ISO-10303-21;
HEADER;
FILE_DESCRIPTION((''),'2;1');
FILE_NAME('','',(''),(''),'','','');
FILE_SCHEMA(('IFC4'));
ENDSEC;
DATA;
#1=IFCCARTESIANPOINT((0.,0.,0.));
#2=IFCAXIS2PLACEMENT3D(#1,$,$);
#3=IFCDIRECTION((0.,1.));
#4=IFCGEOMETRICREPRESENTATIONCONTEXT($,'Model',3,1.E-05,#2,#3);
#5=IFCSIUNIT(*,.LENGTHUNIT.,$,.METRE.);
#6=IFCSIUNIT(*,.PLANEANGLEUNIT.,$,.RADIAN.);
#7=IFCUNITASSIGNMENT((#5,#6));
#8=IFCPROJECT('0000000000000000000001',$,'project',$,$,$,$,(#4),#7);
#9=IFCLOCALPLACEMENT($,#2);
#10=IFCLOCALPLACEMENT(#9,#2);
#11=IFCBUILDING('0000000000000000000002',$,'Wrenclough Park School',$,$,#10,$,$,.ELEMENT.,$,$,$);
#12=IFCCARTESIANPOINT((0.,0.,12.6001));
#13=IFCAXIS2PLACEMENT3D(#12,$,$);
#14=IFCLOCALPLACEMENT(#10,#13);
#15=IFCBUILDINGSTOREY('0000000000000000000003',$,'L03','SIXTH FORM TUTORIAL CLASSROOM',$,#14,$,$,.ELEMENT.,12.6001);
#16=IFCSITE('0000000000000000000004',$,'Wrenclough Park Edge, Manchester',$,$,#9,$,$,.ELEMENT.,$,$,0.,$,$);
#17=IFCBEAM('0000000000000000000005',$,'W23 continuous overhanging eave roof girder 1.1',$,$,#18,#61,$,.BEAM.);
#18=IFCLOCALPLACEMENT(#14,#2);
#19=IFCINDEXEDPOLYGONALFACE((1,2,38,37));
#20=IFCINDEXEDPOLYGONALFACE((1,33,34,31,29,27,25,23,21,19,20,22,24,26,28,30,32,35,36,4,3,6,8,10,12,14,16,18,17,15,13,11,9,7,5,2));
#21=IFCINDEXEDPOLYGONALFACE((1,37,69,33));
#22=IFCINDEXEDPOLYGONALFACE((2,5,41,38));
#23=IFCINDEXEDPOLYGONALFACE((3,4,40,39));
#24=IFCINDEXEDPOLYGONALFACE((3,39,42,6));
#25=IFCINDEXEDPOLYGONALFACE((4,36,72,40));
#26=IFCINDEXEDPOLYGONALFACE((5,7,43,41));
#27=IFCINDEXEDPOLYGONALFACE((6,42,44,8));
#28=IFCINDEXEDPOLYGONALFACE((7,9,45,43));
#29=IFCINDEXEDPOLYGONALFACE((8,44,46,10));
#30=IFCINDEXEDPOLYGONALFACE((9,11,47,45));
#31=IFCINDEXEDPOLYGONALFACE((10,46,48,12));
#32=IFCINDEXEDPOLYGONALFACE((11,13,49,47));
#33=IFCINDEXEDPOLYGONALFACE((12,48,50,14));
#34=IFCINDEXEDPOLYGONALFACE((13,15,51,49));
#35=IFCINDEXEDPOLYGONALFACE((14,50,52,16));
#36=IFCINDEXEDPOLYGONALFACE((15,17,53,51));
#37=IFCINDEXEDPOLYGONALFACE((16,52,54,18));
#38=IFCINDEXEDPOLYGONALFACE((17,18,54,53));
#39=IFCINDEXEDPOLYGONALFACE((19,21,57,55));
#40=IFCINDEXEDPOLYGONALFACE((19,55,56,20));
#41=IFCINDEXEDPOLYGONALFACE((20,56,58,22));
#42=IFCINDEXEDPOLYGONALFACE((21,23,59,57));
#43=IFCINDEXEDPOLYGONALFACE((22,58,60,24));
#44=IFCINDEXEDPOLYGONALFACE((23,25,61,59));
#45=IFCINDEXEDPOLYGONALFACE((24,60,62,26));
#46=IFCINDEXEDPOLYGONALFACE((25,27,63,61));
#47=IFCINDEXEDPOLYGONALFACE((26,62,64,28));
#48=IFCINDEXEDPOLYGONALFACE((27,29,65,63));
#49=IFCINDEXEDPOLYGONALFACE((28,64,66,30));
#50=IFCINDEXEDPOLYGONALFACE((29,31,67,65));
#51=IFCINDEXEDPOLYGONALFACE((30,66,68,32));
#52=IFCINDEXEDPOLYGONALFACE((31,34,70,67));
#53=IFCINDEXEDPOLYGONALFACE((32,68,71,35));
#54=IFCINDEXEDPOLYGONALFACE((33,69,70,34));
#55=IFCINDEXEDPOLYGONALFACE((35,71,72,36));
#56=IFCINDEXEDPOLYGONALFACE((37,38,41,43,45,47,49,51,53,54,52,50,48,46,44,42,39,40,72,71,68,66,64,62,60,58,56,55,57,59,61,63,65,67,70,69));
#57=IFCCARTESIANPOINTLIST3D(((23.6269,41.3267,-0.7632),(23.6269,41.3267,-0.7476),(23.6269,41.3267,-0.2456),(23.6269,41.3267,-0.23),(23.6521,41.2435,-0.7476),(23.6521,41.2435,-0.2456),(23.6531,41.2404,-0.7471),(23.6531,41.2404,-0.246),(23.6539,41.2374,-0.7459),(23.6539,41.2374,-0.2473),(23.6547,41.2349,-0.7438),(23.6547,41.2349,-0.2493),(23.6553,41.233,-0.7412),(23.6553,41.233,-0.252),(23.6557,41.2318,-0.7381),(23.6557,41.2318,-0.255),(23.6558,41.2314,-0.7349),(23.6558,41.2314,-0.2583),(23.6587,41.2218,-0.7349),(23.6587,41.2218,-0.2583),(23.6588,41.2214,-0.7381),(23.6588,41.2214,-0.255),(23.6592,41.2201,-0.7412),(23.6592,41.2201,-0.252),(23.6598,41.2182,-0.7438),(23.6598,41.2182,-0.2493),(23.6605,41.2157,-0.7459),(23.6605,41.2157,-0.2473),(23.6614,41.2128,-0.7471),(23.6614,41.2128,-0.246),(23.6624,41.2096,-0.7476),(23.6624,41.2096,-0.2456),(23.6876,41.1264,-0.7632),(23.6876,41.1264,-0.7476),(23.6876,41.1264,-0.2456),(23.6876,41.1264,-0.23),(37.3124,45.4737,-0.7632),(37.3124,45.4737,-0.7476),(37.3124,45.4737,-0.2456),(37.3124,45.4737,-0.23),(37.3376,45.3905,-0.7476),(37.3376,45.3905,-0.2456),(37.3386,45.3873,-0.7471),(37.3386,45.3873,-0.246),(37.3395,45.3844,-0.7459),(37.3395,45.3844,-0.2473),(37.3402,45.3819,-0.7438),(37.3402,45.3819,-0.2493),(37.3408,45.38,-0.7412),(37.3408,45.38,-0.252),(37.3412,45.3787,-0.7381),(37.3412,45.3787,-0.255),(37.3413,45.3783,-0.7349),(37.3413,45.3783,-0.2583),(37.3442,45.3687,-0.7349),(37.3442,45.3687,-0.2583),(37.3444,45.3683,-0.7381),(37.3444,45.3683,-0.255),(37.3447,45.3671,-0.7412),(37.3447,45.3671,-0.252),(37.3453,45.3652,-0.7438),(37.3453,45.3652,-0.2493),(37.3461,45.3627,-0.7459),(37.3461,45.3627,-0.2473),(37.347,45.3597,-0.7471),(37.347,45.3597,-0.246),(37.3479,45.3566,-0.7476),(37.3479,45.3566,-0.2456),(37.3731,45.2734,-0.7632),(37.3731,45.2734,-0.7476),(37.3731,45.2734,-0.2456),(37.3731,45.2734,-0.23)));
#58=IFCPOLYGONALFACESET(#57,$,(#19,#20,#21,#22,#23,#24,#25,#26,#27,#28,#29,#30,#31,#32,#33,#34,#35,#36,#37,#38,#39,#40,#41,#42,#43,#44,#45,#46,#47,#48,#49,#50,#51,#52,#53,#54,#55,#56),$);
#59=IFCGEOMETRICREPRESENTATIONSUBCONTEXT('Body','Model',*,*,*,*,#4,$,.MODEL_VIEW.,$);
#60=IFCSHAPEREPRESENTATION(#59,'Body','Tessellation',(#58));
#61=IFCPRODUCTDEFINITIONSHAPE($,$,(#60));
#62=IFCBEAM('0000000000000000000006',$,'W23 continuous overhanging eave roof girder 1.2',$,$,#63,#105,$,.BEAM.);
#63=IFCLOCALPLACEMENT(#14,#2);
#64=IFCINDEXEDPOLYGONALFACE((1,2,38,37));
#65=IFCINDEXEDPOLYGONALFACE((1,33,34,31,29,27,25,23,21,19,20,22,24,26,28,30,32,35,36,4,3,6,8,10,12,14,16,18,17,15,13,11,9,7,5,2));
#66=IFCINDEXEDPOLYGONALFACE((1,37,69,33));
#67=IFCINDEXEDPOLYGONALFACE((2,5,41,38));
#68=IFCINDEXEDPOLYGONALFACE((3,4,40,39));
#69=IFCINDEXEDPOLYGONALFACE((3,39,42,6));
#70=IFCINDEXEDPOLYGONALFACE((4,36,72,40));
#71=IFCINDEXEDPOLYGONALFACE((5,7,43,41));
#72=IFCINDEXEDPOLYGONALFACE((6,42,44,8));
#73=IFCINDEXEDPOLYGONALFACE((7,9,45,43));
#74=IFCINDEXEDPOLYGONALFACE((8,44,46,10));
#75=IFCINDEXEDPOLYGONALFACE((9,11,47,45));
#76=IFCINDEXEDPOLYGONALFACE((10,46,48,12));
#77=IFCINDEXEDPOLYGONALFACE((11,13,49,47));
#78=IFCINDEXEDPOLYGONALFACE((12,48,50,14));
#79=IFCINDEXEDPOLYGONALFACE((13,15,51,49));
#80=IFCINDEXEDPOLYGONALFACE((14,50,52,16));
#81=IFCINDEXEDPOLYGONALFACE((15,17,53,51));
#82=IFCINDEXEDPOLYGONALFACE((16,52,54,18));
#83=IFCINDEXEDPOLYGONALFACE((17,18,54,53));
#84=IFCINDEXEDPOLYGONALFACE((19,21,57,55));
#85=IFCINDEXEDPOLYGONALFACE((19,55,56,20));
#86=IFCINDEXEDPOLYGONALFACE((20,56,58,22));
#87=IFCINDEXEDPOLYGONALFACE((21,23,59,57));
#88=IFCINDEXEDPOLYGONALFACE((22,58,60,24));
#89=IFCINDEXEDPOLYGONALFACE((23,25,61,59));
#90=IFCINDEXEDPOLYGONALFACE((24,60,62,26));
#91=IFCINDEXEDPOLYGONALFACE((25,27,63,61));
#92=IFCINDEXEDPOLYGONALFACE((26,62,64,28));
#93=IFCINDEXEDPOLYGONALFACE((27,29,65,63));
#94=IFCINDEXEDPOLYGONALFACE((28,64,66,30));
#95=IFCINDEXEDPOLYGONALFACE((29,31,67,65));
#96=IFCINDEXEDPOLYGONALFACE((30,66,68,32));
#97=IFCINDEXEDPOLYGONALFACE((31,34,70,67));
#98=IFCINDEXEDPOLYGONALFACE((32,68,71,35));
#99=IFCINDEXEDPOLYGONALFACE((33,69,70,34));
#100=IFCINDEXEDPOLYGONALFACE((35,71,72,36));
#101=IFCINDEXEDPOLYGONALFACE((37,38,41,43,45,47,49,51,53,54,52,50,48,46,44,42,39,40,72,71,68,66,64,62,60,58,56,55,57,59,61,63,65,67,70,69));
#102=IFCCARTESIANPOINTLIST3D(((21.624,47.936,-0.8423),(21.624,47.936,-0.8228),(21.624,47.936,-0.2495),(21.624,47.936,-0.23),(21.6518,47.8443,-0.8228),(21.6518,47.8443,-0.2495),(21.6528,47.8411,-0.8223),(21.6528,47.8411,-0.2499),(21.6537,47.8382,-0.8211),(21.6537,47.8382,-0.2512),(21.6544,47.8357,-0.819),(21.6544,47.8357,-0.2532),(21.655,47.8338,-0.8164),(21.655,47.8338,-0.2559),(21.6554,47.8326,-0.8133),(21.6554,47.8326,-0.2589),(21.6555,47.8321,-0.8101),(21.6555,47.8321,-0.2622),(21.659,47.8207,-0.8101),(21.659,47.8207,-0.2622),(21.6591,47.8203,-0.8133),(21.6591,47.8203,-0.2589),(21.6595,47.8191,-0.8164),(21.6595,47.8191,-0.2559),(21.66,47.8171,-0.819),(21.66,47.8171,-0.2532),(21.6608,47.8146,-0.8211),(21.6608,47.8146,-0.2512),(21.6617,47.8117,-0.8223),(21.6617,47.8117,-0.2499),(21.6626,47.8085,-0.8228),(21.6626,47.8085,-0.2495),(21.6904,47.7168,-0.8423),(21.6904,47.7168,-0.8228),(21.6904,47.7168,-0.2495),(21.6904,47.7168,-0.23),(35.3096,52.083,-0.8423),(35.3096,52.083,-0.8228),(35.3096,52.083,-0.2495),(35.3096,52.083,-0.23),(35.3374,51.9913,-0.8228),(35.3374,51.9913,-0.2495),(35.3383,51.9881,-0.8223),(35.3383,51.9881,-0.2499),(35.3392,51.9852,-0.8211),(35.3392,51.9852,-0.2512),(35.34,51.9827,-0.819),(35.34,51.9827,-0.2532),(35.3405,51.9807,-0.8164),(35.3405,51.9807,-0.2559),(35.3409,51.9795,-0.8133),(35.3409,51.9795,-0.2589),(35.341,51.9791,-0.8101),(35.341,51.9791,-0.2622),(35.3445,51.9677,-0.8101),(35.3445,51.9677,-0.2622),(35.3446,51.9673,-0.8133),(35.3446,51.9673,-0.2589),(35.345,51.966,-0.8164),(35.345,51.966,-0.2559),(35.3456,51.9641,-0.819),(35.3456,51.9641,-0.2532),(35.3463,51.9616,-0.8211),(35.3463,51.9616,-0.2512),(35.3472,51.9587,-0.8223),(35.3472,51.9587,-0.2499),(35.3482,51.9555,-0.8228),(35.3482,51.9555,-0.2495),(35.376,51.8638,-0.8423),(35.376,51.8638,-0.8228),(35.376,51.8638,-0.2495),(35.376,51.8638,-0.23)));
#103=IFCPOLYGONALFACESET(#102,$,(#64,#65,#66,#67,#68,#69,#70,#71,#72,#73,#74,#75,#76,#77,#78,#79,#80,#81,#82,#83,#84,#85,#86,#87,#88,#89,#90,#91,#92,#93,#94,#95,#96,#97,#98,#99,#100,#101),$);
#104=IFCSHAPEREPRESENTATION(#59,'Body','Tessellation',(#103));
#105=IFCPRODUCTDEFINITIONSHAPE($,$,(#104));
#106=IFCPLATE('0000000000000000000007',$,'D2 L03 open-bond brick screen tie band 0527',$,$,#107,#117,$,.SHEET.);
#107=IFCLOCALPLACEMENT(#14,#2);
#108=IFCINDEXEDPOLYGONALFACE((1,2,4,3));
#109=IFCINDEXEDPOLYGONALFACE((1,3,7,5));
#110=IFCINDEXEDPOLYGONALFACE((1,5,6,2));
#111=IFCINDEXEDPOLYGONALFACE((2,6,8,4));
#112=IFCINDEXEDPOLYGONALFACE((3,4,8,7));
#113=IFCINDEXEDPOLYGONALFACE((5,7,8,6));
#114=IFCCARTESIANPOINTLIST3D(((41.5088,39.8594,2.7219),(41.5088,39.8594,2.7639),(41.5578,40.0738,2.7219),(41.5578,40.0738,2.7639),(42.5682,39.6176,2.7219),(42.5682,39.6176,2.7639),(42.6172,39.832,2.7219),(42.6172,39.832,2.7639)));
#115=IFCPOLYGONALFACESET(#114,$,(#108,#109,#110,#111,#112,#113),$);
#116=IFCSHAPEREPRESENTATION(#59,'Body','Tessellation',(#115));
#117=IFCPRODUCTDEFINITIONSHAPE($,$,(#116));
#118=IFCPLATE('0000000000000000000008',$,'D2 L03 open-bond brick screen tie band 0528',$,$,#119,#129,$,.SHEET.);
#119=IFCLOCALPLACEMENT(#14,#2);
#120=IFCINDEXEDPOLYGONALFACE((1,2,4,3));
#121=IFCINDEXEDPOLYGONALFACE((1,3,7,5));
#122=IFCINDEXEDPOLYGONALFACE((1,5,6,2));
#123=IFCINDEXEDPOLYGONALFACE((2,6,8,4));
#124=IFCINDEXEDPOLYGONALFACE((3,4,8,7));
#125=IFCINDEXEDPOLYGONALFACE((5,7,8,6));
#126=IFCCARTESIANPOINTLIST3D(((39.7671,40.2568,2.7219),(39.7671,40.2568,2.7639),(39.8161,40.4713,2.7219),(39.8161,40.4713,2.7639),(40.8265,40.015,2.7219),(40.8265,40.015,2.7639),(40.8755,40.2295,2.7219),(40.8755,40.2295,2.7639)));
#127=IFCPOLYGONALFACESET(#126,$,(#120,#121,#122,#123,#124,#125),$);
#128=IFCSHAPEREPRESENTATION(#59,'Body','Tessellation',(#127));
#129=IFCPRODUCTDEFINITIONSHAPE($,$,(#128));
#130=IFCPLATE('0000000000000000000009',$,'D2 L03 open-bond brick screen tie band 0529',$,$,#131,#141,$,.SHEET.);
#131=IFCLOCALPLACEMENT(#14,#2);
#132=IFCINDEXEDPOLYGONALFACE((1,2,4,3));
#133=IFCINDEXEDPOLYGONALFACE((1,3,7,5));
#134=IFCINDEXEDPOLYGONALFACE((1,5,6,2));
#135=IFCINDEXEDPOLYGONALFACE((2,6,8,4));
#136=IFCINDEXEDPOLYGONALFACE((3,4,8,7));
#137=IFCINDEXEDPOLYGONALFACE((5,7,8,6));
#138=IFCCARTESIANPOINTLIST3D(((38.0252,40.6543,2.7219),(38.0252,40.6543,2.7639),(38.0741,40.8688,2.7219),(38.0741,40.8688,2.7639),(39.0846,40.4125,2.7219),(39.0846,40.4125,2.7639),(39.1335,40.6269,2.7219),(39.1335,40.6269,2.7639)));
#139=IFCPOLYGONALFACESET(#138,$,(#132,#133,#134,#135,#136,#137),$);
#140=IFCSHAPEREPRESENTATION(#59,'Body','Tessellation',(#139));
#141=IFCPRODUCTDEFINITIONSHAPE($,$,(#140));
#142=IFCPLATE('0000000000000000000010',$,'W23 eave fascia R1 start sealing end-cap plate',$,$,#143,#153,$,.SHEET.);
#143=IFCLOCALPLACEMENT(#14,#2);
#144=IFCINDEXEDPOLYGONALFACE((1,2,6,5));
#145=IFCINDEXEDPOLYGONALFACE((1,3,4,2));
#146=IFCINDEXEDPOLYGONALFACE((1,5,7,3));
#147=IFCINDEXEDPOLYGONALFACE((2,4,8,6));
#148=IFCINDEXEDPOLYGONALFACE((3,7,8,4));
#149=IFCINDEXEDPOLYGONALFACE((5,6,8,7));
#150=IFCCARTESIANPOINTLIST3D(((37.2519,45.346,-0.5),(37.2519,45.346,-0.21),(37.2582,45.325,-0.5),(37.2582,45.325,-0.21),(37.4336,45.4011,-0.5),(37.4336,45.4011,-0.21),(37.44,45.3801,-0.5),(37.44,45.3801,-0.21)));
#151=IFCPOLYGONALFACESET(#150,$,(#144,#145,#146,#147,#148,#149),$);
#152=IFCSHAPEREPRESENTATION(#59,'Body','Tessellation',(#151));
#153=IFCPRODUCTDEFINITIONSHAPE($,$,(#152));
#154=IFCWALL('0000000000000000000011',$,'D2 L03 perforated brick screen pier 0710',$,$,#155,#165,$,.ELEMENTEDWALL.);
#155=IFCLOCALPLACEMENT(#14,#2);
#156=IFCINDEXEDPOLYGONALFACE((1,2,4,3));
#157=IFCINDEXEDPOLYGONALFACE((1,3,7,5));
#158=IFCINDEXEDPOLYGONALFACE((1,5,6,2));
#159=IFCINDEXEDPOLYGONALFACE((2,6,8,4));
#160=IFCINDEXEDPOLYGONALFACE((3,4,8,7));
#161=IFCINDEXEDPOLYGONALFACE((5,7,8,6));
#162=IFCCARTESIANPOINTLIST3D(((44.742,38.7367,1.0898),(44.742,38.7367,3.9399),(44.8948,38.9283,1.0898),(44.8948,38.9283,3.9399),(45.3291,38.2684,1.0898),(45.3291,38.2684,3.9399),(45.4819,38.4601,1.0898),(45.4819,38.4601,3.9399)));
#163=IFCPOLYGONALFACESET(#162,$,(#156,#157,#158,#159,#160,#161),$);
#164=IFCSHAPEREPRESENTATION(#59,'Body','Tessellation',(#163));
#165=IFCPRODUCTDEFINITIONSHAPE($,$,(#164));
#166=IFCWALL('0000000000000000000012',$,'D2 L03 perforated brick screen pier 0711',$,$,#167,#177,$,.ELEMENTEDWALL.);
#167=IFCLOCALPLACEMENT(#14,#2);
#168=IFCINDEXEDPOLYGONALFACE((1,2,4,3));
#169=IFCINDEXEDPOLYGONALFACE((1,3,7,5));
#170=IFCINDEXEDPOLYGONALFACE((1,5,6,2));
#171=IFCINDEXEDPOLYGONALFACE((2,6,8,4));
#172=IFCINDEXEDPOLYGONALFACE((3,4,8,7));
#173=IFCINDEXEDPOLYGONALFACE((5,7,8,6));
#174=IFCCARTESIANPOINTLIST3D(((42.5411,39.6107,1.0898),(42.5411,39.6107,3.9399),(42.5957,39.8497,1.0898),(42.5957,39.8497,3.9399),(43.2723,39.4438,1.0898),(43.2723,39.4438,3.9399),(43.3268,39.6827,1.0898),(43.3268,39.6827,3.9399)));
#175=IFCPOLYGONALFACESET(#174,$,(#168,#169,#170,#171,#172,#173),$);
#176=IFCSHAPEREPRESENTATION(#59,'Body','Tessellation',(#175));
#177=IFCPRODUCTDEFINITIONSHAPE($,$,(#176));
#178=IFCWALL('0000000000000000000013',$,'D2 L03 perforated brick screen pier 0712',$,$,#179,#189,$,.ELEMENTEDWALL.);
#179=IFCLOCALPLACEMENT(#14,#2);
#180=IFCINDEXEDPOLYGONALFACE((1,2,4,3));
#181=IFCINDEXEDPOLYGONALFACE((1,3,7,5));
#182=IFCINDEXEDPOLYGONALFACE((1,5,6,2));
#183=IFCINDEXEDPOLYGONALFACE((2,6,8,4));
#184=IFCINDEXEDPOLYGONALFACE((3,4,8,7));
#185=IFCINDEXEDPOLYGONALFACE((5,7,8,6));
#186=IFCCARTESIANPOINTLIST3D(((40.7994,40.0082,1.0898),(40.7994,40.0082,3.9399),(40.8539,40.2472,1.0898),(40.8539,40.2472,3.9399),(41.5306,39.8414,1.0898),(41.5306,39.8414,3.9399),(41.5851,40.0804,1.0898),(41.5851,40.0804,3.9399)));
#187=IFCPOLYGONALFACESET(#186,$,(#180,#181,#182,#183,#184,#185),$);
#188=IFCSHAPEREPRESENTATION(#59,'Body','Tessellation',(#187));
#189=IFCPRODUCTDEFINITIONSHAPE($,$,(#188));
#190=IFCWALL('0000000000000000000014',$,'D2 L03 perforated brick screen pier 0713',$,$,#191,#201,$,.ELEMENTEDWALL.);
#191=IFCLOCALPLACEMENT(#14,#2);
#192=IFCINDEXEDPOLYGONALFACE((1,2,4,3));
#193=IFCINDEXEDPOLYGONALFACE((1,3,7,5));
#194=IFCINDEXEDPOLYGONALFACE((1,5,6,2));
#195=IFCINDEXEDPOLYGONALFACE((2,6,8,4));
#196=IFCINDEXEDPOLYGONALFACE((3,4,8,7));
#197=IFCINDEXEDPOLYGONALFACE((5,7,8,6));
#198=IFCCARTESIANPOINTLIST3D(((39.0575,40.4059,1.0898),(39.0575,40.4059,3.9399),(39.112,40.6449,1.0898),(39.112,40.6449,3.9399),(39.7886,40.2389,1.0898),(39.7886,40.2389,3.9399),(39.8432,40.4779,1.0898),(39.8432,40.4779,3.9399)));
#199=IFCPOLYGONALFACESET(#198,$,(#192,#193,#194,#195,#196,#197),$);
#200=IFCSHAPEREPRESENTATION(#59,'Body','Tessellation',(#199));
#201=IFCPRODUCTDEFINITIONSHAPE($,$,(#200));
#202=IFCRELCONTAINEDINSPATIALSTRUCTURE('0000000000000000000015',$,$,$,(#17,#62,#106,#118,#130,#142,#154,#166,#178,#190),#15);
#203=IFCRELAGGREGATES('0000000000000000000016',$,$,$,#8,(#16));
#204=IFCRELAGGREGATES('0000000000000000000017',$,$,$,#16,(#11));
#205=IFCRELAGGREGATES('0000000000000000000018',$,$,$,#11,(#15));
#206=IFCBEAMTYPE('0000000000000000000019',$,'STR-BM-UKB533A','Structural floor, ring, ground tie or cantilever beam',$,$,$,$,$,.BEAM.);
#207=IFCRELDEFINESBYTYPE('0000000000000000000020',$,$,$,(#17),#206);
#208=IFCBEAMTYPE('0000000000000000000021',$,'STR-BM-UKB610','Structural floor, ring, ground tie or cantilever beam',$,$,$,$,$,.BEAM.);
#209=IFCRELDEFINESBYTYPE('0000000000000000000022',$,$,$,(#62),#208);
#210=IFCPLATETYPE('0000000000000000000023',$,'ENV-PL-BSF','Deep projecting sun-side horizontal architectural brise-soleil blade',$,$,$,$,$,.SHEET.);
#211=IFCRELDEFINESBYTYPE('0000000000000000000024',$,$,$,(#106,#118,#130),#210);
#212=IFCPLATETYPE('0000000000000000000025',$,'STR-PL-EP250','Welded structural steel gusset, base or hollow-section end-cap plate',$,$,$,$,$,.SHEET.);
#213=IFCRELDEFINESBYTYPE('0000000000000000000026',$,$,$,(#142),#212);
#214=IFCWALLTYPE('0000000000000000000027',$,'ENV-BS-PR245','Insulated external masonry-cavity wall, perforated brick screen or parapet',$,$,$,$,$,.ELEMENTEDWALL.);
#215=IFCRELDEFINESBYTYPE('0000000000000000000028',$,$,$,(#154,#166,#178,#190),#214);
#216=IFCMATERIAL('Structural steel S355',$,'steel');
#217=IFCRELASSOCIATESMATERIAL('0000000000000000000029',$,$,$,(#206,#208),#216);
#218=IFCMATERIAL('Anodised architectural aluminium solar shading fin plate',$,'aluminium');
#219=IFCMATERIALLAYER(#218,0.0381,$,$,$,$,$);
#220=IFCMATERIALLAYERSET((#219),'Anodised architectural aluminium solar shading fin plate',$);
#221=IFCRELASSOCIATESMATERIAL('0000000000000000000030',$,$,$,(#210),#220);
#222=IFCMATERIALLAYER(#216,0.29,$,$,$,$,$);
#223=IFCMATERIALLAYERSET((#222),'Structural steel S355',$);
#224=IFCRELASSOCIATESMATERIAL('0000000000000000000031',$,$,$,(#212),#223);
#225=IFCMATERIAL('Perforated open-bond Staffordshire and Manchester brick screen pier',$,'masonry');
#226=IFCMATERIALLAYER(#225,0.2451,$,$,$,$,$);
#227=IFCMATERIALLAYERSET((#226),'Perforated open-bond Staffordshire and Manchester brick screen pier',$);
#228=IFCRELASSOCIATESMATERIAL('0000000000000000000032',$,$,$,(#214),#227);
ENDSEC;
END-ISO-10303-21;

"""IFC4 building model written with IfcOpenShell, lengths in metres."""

from ifc_helpers import new_model, si_unit, direction, frame, frame_2d, origin, origin_2d, place, context, subcontext, project, spatial, rectangle, i_section, extrude, material, layer, layer_set, material_profile, profile_set, type_object, element, save


model = new_model("IFC4")

# Units and contexts
model_context = context("Model", 3, precision=1e-05, world=origin(), true_north=direction((0.0, 1.0)))
body_context = subcontext(model_context, "Body", "Model", "MODEL_VIEW")
ifc_project = project(units=[si_unit("LENGTHUNIT", "METRE"), si_unit("PLANEANGLEUNIT", "RADIAN")], contexts=[model_context])

# Site, building, storey
site_placement = place(None, origin())
site = spatial("IfcSite", under=ifc_project, at=site_placement, Name="Wrenclough Park Edge, Manchester", CompositionType="ELEMENT", RefElevation=0.0)
building_placement = place(site_placement, origin())
building = spatial("IfcBuilding", under=site, at=building_placement, Name="Wrenclough Park School", CompositionType="ELEMENT")
storey_placement = place(building_placement, frame((0.0, 0.0, 12.6001)))
storey = spatial("IfcBuildingStorey", under=building, at=storey_placement, Name="L03", Description="SIXTH FORM TUTORIAL CLASSROOM", CompositionType="ELEMENT", Elevation=12.6001)

# Beams
ifc_material_1 = material(Name="Structural steel S355", Category="steel")
ifc_material_profile_1 = material_profile(ifc_material_1, i_section(OverallWidth=0.2092, OverallDepth=0.5332, WebThickness=0.01, FlangeThickness=0.0156, FilletRadius=0.0127, at=origin_2d()), Name="UKB 533x210x92")
ifc_profile_set_1 = profile_set([ifc_material_profile_1], Name="Structural steel S355")
beam_type_1 = type_object("IfcBeamType", Name="STR-BM-UKB533A", Description="Structural floor, ring, ground tie or cantilever beam", PredefinedType="BEAM", material=ifc_profile_set_1)
beam_1_placement = place(storey_placement, frame((37.3428, 45.3735, -0.4966), z_axis=(-0.957028, -0.289997, 0.0), x_axis=(0.289997, -0.957028, 0.0)))
element("IfcBeam", 1, at=beam_1_placement, inside=storey, type_object=beam_type_1, Name="W23 continuous overhanging eave roof girder 1.1", PredefinedType="BEAM", context=body_context, shape_type="SweptSolid", body=[
    extrude(i_section(OverallWidth=0.2092, OverallDepth=0.5332, WebThickness=0.01, FlangeThickness=0.0156, FilletRadius=0.0127, at=origin_2d()), origin(), (0.0, 0.0, 1.0), 14.3),
])
ifc_material_profile_2 = material_profile(ifc_material_1, i_section(OverallWidth=0.229, OverallDepth=0.6123, WebThickness=0.012, FlangeThickness=0.0195, FilletRadius=0.0127, at=origin_2d()), Name="UKB 610x229x125")
ifc_profile_set_2 = profile_set([ifc_material_profile_2], Name="Structural steel S355")
beam_type_2 = type_object("IfcBeamType", Name="STR-BM-UKB610", Description="Structural floor, ring, ground tie or cantilever beam", PredefinedType="BEAM", material=ifc_profile_set_2)
beam_2_placement = place(storey_placement, frame((35.3428, 51.9734, -0.5361), z_axis=(-0.957028, -0.289997, 0.0), x_axis=(0.289997, -0.957028, 0.0)))
element("IfcBeam", 2, at=beam_2_placement, inside=storey, type_object=beam_type_2, Name="W23 continuous overhanging eave roof girder 1.2", PredefinedType="BEAM", context=body_context, shape_type="SweptSolid", body=[
    extrude(i_section(OverallWidth=0.229, OverallDepth=0.6123, WebThickness=0.012, FlangeThickness=0.0195, FilletRadius=0.0127, at=origin_2d()), origin(), (0.0, 0.0, 1.0), 14.3),
])

# Plates
ifc_material_2 = material(Name="Anodised architectural aluminium solar shading fin plate", Category="aluminium")
ifc_layer_1 = layer(ifc_material_2, 0.0381)
ifc_layer_set_1 = layer_set([ifc_layer_1], Name="Anodised architectural aluminium solar shading fin plate")
plate_type_1 = type_object("IfcPlateType", Name="ENV-PL-BSF", Description="Deep projecting sun-side horizontal architectural brise-soleil blade", PredefinedType="SHEET", material=ifc_layer_set_1)
for number, where, z_axis, x_axis, name in (
    (3, (42.063, 39.8457, 2.7219), (0.0, 0.0, 1.0), (-0.974926, 0.222529, 0.0), "D2 L03 open-bond brick screen tie band 0527"),
    (4, (40.3213, 40.2432, 2.7219), (0.0, 0.0, 1.0), (-0.974926, 0.222529, 0.0), "D2 L03 open-bond brick screen tie band 0528"),
    (5, (38.5793, 40.6406, 2.7219), (0.0, 0.0, 1.0), (-0.974926, 0.222529, 0.0), "D2 L03 open-bond brick screen tie band 0529"),
):
    element("IfcPlate", number, at=place(storey_placement, frame(where, z_axis=z_axis, x_axis=x_axis)), inside=storey, type_object=plate_type_1, Name=name, PredefinedType="SHEET", context=body_context, shape_type="SweptSolid", body=[
        extrude(rectangle(XDim=1.0867, YDim=0.22, at=origin_2d()), origin(), (0.0, 0.0, 1.0), 0.042),
    ])
ifc_layer_2 = layer(ifc_material_1, 0.29)
ifc_layer_set_2 = layer_set([ifc_layer_2], Name="Structural steel S355")
plate_type_2 = type_object("IfcPlateType", Name="STR-PL-EP250", Description="Welded structural steel gusset, base or hollow-section end-cap plate", PredefinedType="SHEET", material=ifc_layer_set_2)
plate_placement = place(storey_placement, frame((37.3459, 45.363, -0.5), z_axis=(0.0, 0.0, 1.0), x_axis=(-0.290034, 0.957016, 0.0)))
element("IfcPlate", 6, at=plate_placement, inside=storey, type_object=plate_type_2, Name="W23 eave fascia R1 start sealing end-cap plate", PredefinedType="SHEET", context=body_context, shape_type="SweptSolid", body=[
    extrude(rectangle(XDim=0.022, YDim=0.1899, at=origin_2d()), origin(), (0.0, 0.0, 1.0), 0.29),
])

# Walls
ifc_material_3 = material(Name="Perforated open-bond Staffordshire and Manchester brick screen pier", Category="masonry")
ifc_layer_3 = layer(ifc_material_3, 0.2451)
ifc_layer_set_3 = layer_set([ifc_layer_3], Name="Perforated open-bond Staffordshire and Manchester brick screen pier")
wall_type_1 = type_object("IfcWallType", Name="ENV-BS-PR245", Description="Insulated external masonry-cavity wall, perforated brick screen or parapet", PredefinedType="ELEMENTEDWALL", material=ifc_layer_set_3)
wall_1_placement = place(storey_placement, frame((45.4055, 38.3643, 1.0898), z_axis=(0.0, 0.0, 1.0), x_axis=(-0.781819, 0.623505, 0.0)))
element("IfcWall", 7, at=wall_1_placement, inside=storey, type_object=wall_type_1, Name="D2 L03 perforated brick screen pier 0710", PredefinedType="ELEMENTEDWALL", context=body_context, shape_type="SweptSolid", body=[
    extrude(rectangle(XDim=0.751, YDim=0.2451, at=frame_2d((0.3755, 0.0))), origin(), (0.0, 0.0, 1.0), 2.8501),
])
for number, where, z_axis, x_axis, name in (
    (8, (43.2996, 39.5632, 1.0898), (0.0, 0.0, 1.0), (-0.974899, 0.222648, 0.0), "D2 L03 perforated brick screen pier 0711"),
    (9, (41.5579, 39.9609, 1.0898), (0.0, 0.0, 1.0), (-0.97497, 0.222339, 0.0), "D2 L03 perforated brick screen pier 0712"),
    (10, (39.8159, 40.3584, 1.0898), (0.0, 0.0, 1.0), (-0.974899, 0.222648, 0.0), "D2 L03 perforated brick screen pier 0713"),
):
    element("IfcWall", number, at=place(storey_placement, frame(where, z_axis=z_axis, x_axis=x_axis)), inside=storey, type_object=wall_type_1, Name=name, PredefinedType="ELEMENTEDWALL", context=body_context, shape_type="SweptSolid", body=[
        extrude(rectangle(XDim=0.75, YDim=0.2451, at=frame_2d((0.375, 0.0))), origin(), (0.0, 0.0, 1.0), 2.8501),
    ])

save(model, "model.ifc")
